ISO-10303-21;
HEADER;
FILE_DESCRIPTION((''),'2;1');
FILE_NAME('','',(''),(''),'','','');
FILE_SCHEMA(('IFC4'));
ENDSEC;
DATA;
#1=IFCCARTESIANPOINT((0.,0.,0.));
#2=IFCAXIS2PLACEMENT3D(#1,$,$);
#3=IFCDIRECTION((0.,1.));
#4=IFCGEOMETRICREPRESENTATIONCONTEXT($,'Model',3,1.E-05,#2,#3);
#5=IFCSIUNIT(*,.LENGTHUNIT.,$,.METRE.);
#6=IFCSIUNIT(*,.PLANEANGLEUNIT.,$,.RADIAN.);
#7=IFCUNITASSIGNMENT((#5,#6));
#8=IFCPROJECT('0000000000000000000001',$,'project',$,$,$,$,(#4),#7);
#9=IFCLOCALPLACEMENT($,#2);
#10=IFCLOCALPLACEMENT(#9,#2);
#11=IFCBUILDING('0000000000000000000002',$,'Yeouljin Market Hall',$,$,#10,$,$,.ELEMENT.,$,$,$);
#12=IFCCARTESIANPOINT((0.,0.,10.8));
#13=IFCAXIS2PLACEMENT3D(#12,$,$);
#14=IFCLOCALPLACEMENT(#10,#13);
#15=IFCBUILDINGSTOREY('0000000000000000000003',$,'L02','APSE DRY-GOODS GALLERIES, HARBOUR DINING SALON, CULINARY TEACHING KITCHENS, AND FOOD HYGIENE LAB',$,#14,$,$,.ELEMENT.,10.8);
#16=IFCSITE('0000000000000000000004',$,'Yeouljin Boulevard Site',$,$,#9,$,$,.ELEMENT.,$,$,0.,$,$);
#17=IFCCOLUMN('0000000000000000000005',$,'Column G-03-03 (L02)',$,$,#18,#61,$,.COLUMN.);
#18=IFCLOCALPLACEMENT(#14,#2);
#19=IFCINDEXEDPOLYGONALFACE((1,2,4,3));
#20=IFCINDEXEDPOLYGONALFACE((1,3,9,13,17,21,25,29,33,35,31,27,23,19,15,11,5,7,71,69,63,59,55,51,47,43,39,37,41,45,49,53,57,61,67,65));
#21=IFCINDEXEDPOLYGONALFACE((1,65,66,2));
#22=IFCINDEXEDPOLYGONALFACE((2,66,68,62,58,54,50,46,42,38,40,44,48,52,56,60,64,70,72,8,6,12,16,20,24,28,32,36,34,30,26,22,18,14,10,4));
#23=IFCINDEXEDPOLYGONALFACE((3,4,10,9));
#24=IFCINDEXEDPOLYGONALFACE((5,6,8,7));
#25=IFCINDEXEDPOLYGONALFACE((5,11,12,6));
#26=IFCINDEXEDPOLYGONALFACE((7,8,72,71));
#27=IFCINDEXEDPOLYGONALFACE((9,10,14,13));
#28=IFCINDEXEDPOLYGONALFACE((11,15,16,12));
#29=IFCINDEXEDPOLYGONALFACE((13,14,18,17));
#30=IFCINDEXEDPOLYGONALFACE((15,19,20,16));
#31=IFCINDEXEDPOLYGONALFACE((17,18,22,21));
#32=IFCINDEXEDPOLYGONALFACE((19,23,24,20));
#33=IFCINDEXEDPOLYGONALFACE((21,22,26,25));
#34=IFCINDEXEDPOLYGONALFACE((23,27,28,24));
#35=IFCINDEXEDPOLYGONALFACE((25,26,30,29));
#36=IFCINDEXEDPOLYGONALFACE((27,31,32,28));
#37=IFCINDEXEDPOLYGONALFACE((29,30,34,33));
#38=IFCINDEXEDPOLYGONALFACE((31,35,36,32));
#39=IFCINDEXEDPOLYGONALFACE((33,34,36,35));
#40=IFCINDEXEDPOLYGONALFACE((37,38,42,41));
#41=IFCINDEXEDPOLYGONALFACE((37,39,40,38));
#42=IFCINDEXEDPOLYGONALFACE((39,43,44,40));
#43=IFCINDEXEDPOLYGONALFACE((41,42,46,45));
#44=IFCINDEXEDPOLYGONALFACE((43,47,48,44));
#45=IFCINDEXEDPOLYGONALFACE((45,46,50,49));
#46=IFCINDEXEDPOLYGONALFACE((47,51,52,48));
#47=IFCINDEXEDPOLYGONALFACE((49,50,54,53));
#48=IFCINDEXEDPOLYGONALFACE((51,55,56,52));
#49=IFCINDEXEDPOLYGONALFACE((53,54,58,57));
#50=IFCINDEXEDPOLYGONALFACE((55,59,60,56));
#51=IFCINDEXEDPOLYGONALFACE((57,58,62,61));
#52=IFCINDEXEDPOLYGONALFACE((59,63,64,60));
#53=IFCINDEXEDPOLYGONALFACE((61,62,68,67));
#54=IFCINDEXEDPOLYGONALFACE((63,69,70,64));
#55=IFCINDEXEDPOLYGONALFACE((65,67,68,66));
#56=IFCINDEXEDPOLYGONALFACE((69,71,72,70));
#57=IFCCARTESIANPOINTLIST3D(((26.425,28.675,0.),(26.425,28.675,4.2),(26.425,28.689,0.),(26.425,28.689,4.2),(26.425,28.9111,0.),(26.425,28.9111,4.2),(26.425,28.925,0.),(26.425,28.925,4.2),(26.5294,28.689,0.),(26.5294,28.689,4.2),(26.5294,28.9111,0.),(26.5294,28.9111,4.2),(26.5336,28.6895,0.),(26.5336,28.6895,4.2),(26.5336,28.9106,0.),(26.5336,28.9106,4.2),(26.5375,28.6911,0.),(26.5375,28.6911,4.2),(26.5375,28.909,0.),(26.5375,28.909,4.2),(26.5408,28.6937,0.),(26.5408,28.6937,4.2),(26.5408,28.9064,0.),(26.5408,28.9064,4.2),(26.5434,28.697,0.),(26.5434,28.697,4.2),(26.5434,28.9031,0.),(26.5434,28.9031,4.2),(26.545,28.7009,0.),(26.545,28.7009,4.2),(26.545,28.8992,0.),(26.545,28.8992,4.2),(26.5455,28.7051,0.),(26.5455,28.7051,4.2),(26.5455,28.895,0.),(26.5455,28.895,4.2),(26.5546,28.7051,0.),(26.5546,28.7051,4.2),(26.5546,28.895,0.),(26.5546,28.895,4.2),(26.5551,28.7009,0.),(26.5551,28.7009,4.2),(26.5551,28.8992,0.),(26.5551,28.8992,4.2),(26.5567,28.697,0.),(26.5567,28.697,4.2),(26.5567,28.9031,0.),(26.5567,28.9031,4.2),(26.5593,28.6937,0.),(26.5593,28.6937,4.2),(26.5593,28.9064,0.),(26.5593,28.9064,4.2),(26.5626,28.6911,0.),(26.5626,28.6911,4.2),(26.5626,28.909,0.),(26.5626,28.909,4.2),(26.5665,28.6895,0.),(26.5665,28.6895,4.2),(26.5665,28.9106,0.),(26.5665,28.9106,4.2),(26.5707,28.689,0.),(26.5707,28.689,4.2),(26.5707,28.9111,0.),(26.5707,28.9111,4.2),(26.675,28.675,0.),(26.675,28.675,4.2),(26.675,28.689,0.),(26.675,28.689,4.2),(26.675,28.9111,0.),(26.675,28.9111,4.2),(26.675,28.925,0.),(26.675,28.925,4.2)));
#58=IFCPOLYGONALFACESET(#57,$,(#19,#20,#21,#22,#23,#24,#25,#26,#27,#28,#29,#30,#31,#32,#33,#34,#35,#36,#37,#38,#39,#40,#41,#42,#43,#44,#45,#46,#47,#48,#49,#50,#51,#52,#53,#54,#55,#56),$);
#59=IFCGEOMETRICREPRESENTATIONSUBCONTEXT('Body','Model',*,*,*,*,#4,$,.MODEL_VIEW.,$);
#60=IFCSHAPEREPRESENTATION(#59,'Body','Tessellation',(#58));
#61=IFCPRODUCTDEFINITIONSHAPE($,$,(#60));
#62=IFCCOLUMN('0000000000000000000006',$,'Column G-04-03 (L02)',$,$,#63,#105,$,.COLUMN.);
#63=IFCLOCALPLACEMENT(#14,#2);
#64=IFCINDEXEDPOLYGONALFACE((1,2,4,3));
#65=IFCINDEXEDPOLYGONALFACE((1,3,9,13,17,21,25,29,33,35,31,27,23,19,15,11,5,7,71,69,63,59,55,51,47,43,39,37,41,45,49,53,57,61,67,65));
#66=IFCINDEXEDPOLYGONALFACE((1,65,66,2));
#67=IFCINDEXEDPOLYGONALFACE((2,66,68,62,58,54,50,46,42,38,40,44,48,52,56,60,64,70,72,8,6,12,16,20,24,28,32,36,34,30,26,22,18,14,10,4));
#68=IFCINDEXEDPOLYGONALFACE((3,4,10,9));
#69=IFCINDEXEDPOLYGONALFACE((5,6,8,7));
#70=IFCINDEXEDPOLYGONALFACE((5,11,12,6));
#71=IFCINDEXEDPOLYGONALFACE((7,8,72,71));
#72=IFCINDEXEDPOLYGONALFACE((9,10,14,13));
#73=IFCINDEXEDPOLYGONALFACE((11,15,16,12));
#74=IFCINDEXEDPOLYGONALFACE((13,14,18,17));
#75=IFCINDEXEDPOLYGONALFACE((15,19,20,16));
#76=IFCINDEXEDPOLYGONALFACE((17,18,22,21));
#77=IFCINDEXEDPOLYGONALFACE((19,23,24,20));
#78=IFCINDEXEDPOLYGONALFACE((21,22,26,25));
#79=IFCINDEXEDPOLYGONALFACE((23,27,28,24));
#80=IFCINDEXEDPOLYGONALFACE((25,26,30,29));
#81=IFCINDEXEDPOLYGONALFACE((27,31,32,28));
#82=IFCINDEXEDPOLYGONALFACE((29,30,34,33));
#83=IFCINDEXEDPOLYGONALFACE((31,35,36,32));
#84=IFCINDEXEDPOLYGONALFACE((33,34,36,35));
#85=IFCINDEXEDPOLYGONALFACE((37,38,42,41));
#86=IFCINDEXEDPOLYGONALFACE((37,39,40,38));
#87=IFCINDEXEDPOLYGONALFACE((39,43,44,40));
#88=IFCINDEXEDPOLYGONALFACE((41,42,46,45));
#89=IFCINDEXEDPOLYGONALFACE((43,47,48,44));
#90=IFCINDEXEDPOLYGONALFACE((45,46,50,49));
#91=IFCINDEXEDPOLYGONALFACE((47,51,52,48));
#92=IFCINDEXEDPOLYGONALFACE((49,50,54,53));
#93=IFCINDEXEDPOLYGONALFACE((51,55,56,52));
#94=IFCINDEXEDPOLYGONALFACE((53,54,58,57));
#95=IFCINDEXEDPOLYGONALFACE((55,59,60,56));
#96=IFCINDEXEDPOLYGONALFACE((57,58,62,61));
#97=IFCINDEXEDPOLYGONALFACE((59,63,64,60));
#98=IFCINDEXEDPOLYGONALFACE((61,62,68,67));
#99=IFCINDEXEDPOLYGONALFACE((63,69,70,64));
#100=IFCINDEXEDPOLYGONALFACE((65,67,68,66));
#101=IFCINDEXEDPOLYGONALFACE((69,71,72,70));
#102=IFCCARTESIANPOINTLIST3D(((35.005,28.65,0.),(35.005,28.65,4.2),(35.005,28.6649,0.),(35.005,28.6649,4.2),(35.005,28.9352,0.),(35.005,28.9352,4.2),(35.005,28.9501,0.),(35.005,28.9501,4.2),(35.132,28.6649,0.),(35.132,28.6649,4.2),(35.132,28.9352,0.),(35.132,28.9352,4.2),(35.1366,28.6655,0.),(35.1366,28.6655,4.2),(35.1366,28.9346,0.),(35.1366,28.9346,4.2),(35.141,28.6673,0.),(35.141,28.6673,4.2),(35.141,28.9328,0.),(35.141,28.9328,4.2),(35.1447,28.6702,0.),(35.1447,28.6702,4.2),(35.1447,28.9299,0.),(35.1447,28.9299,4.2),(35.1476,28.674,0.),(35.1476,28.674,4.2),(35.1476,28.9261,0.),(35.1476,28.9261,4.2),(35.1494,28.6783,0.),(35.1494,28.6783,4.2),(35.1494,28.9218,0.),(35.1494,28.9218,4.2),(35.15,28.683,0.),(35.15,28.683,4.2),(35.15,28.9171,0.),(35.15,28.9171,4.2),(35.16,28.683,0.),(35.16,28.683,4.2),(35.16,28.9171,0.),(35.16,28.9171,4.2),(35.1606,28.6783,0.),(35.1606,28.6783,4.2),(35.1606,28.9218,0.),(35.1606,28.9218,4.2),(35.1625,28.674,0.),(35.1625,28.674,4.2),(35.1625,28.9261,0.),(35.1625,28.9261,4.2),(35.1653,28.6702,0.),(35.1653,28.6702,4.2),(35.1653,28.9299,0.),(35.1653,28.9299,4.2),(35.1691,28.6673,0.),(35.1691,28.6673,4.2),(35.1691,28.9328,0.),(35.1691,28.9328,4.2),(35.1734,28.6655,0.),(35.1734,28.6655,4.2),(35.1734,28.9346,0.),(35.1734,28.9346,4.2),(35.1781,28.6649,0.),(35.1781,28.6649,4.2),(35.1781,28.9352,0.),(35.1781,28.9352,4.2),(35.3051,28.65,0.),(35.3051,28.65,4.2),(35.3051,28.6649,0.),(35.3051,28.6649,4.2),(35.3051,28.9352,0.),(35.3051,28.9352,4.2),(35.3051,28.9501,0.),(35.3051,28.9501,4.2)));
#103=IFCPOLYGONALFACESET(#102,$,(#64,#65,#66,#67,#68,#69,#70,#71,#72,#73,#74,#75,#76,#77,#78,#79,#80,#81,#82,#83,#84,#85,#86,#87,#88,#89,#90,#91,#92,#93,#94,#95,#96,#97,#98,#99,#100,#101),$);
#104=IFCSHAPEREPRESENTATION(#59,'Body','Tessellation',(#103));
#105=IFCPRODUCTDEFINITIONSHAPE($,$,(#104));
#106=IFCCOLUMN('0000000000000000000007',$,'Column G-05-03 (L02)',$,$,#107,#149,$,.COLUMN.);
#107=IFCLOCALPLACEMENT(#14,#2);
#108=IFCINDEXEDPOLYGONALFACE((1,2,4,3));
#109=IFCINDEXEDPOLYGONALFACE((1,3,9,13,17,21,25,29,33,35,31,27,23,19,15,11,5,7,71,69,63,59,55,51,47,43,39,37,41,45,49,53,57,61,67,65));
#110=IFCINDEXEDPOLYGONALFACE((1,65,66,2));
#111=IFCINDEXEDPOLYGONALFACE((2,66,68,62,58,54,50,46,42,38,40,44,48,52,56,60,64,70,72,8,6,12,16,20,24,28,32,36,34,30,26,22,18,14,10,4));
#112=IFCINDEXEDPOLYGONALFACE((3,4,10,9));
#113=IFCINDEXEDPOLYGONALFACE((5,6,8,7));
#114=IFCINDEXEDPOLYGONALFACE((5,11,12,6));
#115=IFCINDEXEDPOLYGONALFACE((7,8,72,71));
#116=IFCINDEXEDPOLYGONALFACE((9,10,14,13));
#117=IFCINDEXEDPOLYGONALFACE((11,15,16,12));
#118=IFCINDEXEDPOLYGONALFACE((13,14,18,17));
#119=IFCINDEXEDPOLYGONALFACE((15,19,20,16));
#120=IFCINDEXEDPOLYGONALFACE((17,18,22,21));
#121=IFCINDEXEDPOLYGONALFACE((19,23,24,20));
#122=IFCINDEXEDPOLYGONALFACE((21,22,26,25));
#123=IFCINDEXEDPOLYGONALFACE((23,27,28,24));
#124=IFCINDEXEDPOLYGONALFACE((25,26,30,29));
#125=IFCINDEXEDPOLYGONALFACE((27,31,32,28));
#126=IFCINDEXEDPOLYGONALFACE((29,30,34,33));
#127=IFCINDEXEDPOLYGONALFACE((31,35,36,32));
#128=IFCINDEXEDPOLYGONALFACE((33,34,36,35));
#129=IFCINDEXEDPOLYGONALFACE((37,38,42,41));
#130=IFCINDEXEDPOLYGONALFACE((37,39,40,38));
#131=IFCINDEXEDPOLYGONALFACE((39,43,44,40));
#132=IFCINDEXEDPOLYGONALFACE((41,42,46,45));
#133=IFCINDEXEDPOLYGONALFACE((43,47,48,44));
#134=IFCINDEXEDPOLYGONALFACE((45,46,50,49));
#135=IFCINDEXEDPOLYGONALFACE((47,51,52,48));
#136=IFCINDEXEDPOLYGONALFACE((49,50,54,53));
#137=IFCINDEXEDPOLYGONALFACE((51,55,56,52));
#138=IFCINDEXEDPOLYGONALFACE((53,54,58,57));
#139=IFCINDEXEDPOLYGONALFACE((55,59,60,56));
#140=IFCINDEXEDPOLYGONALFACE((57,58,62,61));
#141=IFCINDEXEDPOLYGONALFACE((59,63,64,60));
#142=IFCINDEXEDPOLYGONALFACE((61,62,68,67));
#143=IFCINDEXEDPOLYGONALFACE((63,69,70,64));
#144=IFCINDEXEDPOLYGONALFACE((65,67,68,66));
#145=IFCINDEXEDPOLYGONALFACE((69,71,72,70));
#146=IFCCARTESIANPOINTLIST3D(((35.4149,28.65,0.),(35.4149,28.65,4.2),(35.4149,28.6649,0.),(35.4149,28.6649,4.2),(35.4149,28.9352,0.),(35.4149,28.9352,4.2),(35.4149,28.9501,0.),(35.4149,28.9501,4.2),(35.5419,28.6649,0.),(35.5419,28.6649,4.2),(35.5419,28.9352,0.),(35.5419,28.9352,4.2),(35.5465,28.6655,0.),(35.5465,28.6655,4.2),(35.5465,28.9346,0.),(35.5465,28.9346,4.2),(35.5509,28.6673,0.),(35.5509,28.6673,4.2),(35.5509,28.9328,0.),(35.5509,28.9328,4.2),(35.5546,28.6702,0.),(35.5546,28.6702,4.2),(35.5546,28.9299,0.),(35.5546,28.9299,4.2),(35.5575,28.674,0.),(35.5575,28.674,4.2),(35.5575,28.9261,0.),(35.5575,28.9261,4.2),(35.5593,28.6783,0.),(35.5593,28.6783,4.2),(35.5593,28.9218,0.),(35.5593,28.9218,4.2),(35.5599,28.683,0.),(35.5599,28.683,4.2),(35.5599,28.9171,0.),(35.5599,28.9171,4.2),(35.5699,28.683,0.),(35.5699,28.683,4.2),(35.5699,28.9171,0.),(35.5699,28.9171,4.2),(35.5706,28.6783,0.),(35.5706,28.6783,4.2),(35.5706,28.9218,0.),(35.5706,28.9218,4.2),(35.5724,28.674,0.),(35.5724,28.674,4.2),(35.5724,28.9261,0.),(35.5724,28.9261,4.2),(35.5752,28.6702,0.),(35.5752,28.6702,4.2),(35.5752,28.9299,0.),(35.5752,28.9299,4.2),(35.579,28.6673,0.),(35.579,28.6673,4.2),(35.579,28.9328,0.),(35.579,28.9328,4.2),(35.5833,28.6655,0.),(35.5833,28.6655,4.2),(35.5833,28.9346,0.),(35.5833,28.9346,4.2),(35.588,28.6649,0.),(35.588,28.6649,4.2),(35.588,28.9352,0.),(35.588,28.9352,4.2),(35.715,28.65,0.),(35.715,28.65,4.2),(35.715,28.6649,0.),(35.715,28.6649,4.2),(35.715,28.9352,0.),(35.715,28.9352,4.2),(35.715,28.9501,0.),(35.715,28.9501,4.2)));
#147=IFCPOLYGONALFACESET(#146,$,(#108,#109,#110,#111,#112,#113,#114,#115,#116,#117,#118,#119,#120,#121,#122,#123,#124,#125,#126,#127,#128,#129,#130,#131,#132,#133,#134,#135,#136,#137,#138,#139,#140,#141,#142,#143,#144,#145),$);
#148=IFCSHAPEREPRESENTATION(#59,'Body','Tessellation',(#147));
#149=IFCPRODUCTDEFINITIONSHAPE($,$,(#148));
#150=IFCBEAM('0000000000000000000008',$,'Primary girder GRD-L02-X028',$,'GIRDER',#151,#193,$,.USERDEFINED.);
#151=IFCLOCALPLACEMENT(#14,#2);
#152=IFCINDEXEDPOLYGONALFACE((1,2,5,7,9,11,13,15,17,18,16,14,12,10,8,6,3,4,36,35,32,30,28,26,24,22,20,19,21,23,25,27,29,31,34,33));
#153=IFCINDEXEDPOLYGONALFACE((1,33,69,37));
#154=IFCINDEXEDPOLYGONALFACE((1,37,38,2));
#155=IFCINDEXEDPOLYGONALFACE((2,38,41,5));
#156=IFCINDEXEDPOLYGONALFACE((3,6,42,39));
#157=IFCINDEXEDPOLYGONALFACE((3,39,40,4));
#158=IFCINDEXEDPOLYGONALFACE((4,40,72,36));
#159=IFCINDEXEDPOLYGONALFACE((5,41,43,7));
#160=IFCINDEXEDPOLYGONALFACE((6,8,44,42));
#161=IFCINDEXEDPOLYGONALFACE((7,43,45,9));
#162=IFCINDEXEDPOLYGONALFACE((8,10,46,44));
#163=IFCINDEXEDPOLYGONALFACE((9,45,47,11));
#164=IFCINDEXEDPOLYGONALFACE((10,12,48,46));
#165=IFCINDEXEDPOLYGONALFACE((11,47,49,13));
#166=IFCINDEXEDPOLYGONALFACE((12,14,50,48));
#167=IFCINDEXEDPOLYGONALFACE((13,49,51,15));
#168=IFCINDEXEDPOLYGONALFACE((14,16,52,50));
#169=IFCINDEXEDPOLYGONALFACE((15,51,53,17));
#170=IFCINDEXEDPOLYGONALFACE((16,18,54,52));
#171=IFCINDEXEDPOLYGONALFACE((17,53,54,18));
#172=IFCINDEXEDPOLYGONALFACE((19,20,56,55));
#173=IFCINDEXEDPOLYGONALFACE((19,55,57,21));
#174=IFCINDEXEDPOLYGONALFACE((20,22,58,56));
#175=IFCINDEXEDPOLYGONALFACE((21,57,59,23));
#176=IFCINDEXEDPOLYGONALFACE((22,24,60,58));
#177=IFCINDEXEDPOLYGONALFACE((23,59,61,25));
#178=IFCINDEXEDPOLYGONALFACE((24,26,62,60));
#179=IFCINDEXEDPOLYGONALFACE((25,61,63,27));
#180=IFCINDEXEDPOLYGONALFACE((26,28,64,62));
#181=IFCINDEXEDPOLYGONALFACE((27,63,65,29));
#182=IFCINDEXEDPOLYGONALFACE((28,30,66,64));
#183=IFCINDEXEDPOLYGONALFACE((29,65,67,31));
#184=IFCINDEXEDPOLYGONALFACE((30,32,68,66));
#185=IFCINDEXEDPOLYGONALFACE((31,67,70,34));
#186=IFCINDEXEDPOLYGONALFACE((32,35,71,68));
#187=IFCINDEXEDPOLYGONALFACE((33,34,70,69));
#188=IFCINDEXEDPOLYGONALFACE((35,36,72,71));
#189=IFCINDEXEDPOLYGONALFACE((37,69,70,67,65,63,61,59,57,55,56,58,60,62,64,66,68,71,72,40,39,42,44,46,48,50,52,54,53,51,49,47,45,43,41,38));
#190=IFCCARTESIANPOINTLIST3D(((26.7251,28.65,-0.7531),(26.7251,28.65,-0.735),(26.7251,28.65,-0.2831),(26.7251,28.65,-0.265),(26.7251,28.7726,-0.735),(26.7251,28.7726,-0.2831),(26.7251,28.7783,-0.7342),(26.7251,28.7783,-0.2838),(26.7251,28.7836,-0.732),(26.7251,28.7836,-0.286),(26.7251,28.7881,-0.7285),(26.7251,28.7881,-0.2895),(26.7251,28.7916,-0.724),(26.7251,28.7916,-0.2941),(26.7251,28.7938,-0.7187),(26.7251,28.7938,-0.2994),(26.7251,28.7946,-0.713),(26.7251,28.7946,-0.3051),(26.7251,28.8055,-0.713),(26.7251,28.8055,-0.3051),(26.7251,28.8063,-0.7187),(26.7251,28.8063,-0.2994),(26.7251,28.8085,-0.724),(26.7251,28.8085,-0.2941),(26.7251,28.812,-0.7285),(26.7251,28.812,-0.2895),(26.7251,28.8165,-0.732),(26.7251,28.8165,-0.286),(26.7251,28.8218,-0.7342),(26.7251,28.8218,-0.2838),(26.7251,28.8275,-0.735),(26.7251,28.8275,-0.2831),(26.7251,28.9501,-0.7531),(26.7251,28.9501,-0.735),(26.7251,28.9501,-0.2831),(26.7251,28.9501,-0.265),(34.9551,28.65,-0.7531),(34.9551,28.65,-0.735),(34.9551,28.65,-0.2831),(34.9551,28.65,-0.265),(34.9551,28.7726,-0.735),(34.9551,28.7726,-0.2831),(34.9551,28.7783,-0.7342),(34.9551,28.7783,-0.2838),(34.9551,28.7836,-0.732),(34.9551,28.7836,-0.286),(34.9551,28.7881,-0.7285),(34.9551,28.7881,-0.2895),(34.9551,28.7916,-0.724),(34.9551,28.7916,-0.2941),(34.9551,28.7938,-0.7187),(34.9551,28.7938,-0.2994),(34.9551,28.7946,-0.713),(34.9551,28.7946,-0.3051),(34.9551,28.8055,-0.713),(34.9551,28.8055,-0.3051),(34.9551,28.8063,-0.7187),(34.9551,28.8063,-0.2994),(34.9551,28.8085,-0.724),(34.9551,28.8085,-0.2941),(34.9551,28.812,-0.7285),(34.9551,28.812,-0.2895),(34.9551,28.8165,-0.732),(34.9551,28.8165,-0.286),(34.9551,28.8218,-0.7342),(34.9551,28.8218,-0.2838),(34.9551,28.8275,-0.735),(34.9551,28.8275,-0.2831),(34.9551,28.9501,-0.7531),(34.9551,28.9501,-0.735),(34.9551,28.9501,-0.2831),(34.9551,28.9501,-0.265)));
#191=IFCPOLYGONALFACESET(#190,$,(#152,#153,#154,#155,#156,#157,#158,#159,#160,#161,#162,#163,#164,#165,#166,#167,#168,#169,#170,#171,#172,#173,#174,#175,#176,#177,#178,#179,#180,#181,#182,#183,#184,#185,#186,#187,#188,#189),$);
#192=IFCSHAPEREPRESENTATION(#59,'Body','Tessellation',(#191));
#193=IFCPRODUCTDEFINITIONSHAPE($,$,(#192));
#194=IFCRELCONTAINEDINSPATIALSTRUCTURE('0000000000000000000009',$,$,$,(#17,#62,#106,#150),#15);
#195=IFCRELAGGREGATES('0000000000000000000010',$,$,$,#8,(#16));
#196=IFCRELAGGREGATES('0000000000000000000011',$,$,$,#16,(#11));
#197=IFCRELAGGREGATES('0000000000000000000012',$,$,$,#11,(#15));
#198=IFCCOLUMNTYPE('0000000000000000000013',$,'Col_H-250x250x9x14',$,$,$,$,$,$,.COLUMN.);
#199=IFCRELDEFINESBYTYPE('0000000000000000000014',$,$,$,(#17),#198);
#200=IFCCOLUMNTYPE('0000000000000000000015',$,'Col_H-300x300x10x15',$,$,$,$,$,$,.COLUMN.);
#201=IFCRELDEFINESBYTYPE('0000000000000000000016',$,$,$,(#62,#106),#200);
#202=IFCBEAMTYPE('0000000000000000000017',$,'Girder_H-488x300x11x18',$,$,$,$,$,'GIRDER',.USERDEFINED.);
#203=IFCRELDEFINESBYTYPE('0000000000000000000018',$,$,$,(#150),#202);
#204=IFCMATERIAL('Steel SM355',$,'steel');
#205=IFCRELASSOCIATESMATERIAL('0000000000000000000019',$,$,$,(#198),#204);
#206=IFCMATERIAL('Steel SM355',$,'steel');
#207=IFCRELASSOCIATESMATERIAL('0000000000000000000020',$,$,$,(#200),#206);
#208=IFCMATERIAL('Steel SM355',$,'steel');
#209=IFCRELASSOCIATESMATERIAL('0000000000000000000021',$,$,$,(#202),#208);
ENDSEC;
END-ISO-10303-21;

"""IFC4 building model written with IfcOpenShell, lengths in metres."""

from ifc_helpers import new_model, si_unit, direction, frame, origin, origin_2d, place, context, subcontext, project, spatial, i_section, extrude, material, material_profile, profile_set, type_object, element, save


model = new_model("IFC4")

# Units and contexts
model_context = context("Model", 3, precision=1e-05, world=origin(), true_north=direction((0.0, 1.0)))
body_context = subcontext(model_context, "Body", "Model", "MODEL_VIEW")
ifc_project = project(units=[si_unit("LENGTHUNIT", "METRE"), si_unit("PLANEANGLEUNIT", "RADIAN")], contexts=[model_context])

# Site, building, storey
site_placement = place(None, origin())
site = spatial("IfcSite", under=ifc_project, at=site_placement, Name="Yeouljin Boulevard Site", CompositionType="ELEMENT", RefElevation=0.0)
building_placement = place(site_placement, origin())
building = spatial("IfcBuilding", under=site, at=building_placement, Name="Yeouljin Market Hall", CompositionType="ELEMENT")
storey_placement = place(building_placement, frame((0.0, 0.0, 10.8)))
storey = spatial("IfcBuildingStorey", under=building, at=storey_placement, Name="L02", Description="APSE DRY-GOODS GALLERIES, HARBOUR DINING SALON, CULINARY TEACHING KITCHENS, AND FOOD HYGIENE LAB", CompositionType="ELEMENT", Elevation=10.8)

# Columns
ifc_material_1 = material(Name="Steel SM355", Category="steel")
ifc_material_profile_1 = material_profile(ifc_material_1, i_section(OverallWidth=0.25, OverallDepth=0.25, WebThickness=0.009, FlangeThickness=0.0139, FilletRadius=0.0161, at=origin_2d()), Name="H-250x250x9x14")
ifc_profile_set_1 = profile_set([ifc_material_profile_1], Name="Steel SM355")
column_type_1 = type_object("IfcColumnType", Name="Col_H-250x250x9x14", PredefinedType="COLUMN", material=ifc_profile_set_1)
column_placement = place(storey_placement, frame((26.55, 28.8, 0.0), z_axis=(0.0, 0.0, 1.0), x_axis=(1.0, 0.0, 0.0)))
element("IfcColumn", 1, at=column_placement, inside=storey, type_object=column_type_1, Name="Column G-03-03 (L02)", PredefinedType="COLUMN", context=body_context, shape_type="SweptSolid", body=[
    extrude(i_section(OverallWidth=0.25, OverallDepth=0.25, WebThickness=0.009, FlangeThickness=0.0139, FilletRadius=0.0161, at=origin_2d()), origin(), (0.0, 0.0, 1.0), 4.2),
])
ifc_material_2 = material(Name="Steel SM355", Category="steel")
ifc_material_profile_2 = material_profile(ifc_material_2, i_section(OverallWidth=0.3, OverallDepth=0.3, WebThickness=0.01, FlangeThickness=0.0149, FilletRadius=0.0181, at=origin_2d()), Name="H-300x300x10x15")
ifc_profile_set_2 = profile_set([ifc_material_profile_2], Name="Steel SM355")
column_type_2 = type_object("IfcColumnType", Name="Col_H-300x300x10x15", PredefinedType="COLUMN", material=ifc_profile_set_2)
for number, where, z_axis, x_axis, name in (
    (2, (35.155, 28.8, 0.0), (0.0, 0.0, 1.0), (1.0, 0.0, 0.0), "Column G-04-03 (L02)"),
    (3, (35.5649, 28.8, 0.0), (0.0, 0.0, 1.0), (1.0, 0.0, 0.0), "Column G-05-03 (L02)"),
):
    element("IfcColumn", number, at=place(storey_placement, frame(where, z_axis=z_axis, x_axis=x_axis)), inside=storey, type_object=column_type_2, Name=name, PredefinedType="COLUMN", context=body_context, shape_type="SweptSolid", body=[
        extrude(i_section(OverallWidth=0.3, OverallDepth=0.3, WebThickness=0.01, FlangeThickness=0.0149, FilletRadius=0.0181, at=origin_2d()), origin(), (0.0, 0.0, 1.0), 4.2),
    ])

# Beam
ifc_material_3 = material(Name="Steel SM355", Category="steel")
ifc_material_profile_3 = material_profile(ifc_material_3, i_section(OverallWidth=0.3, OverallDepth=0.488, WebThickness=0.011, FlangeThickness=0.0181, FilletRadius=0.022, at=origin_2d()), Name="H-488x300x11x18")
ifc_profile_set_3 = profile_set([ifc_material_profile_3], Name="Steel SM355")
beam_type = type_object("IfcBeamType", Name="Girder_H-488x300x11x18", ElementType="GIRDER", PredefinedType="USERDEFINED", material=ifc_profile_set_3)
beam_placement = place(storey_placement, frame((26.7251, 28.8, -0.509), z_axis=(1.0, 0.0, 0.0), x_axis=(0.0, 1.0, 0.0)))
element("IfcBeam", 4, at=beam_placement, inside=storey, type_object=beam_type, Name="Primary girder GRD-L02-X028", ObjectType="GIRDER", PredefinedType="USERDEFINED", context=body_context, shape_type="SweptSolid", body=[
    extrude(i_section(OverallWidth=0.3, OverallDepth=0.488, WebThickness=0.011, FlangeThickness=0.0181, FilletRadius=0.022, at=origin_2d()), origin(), (0.0, 0.0, 1.0), 8.23),
])

save(model, "model.ifc")
